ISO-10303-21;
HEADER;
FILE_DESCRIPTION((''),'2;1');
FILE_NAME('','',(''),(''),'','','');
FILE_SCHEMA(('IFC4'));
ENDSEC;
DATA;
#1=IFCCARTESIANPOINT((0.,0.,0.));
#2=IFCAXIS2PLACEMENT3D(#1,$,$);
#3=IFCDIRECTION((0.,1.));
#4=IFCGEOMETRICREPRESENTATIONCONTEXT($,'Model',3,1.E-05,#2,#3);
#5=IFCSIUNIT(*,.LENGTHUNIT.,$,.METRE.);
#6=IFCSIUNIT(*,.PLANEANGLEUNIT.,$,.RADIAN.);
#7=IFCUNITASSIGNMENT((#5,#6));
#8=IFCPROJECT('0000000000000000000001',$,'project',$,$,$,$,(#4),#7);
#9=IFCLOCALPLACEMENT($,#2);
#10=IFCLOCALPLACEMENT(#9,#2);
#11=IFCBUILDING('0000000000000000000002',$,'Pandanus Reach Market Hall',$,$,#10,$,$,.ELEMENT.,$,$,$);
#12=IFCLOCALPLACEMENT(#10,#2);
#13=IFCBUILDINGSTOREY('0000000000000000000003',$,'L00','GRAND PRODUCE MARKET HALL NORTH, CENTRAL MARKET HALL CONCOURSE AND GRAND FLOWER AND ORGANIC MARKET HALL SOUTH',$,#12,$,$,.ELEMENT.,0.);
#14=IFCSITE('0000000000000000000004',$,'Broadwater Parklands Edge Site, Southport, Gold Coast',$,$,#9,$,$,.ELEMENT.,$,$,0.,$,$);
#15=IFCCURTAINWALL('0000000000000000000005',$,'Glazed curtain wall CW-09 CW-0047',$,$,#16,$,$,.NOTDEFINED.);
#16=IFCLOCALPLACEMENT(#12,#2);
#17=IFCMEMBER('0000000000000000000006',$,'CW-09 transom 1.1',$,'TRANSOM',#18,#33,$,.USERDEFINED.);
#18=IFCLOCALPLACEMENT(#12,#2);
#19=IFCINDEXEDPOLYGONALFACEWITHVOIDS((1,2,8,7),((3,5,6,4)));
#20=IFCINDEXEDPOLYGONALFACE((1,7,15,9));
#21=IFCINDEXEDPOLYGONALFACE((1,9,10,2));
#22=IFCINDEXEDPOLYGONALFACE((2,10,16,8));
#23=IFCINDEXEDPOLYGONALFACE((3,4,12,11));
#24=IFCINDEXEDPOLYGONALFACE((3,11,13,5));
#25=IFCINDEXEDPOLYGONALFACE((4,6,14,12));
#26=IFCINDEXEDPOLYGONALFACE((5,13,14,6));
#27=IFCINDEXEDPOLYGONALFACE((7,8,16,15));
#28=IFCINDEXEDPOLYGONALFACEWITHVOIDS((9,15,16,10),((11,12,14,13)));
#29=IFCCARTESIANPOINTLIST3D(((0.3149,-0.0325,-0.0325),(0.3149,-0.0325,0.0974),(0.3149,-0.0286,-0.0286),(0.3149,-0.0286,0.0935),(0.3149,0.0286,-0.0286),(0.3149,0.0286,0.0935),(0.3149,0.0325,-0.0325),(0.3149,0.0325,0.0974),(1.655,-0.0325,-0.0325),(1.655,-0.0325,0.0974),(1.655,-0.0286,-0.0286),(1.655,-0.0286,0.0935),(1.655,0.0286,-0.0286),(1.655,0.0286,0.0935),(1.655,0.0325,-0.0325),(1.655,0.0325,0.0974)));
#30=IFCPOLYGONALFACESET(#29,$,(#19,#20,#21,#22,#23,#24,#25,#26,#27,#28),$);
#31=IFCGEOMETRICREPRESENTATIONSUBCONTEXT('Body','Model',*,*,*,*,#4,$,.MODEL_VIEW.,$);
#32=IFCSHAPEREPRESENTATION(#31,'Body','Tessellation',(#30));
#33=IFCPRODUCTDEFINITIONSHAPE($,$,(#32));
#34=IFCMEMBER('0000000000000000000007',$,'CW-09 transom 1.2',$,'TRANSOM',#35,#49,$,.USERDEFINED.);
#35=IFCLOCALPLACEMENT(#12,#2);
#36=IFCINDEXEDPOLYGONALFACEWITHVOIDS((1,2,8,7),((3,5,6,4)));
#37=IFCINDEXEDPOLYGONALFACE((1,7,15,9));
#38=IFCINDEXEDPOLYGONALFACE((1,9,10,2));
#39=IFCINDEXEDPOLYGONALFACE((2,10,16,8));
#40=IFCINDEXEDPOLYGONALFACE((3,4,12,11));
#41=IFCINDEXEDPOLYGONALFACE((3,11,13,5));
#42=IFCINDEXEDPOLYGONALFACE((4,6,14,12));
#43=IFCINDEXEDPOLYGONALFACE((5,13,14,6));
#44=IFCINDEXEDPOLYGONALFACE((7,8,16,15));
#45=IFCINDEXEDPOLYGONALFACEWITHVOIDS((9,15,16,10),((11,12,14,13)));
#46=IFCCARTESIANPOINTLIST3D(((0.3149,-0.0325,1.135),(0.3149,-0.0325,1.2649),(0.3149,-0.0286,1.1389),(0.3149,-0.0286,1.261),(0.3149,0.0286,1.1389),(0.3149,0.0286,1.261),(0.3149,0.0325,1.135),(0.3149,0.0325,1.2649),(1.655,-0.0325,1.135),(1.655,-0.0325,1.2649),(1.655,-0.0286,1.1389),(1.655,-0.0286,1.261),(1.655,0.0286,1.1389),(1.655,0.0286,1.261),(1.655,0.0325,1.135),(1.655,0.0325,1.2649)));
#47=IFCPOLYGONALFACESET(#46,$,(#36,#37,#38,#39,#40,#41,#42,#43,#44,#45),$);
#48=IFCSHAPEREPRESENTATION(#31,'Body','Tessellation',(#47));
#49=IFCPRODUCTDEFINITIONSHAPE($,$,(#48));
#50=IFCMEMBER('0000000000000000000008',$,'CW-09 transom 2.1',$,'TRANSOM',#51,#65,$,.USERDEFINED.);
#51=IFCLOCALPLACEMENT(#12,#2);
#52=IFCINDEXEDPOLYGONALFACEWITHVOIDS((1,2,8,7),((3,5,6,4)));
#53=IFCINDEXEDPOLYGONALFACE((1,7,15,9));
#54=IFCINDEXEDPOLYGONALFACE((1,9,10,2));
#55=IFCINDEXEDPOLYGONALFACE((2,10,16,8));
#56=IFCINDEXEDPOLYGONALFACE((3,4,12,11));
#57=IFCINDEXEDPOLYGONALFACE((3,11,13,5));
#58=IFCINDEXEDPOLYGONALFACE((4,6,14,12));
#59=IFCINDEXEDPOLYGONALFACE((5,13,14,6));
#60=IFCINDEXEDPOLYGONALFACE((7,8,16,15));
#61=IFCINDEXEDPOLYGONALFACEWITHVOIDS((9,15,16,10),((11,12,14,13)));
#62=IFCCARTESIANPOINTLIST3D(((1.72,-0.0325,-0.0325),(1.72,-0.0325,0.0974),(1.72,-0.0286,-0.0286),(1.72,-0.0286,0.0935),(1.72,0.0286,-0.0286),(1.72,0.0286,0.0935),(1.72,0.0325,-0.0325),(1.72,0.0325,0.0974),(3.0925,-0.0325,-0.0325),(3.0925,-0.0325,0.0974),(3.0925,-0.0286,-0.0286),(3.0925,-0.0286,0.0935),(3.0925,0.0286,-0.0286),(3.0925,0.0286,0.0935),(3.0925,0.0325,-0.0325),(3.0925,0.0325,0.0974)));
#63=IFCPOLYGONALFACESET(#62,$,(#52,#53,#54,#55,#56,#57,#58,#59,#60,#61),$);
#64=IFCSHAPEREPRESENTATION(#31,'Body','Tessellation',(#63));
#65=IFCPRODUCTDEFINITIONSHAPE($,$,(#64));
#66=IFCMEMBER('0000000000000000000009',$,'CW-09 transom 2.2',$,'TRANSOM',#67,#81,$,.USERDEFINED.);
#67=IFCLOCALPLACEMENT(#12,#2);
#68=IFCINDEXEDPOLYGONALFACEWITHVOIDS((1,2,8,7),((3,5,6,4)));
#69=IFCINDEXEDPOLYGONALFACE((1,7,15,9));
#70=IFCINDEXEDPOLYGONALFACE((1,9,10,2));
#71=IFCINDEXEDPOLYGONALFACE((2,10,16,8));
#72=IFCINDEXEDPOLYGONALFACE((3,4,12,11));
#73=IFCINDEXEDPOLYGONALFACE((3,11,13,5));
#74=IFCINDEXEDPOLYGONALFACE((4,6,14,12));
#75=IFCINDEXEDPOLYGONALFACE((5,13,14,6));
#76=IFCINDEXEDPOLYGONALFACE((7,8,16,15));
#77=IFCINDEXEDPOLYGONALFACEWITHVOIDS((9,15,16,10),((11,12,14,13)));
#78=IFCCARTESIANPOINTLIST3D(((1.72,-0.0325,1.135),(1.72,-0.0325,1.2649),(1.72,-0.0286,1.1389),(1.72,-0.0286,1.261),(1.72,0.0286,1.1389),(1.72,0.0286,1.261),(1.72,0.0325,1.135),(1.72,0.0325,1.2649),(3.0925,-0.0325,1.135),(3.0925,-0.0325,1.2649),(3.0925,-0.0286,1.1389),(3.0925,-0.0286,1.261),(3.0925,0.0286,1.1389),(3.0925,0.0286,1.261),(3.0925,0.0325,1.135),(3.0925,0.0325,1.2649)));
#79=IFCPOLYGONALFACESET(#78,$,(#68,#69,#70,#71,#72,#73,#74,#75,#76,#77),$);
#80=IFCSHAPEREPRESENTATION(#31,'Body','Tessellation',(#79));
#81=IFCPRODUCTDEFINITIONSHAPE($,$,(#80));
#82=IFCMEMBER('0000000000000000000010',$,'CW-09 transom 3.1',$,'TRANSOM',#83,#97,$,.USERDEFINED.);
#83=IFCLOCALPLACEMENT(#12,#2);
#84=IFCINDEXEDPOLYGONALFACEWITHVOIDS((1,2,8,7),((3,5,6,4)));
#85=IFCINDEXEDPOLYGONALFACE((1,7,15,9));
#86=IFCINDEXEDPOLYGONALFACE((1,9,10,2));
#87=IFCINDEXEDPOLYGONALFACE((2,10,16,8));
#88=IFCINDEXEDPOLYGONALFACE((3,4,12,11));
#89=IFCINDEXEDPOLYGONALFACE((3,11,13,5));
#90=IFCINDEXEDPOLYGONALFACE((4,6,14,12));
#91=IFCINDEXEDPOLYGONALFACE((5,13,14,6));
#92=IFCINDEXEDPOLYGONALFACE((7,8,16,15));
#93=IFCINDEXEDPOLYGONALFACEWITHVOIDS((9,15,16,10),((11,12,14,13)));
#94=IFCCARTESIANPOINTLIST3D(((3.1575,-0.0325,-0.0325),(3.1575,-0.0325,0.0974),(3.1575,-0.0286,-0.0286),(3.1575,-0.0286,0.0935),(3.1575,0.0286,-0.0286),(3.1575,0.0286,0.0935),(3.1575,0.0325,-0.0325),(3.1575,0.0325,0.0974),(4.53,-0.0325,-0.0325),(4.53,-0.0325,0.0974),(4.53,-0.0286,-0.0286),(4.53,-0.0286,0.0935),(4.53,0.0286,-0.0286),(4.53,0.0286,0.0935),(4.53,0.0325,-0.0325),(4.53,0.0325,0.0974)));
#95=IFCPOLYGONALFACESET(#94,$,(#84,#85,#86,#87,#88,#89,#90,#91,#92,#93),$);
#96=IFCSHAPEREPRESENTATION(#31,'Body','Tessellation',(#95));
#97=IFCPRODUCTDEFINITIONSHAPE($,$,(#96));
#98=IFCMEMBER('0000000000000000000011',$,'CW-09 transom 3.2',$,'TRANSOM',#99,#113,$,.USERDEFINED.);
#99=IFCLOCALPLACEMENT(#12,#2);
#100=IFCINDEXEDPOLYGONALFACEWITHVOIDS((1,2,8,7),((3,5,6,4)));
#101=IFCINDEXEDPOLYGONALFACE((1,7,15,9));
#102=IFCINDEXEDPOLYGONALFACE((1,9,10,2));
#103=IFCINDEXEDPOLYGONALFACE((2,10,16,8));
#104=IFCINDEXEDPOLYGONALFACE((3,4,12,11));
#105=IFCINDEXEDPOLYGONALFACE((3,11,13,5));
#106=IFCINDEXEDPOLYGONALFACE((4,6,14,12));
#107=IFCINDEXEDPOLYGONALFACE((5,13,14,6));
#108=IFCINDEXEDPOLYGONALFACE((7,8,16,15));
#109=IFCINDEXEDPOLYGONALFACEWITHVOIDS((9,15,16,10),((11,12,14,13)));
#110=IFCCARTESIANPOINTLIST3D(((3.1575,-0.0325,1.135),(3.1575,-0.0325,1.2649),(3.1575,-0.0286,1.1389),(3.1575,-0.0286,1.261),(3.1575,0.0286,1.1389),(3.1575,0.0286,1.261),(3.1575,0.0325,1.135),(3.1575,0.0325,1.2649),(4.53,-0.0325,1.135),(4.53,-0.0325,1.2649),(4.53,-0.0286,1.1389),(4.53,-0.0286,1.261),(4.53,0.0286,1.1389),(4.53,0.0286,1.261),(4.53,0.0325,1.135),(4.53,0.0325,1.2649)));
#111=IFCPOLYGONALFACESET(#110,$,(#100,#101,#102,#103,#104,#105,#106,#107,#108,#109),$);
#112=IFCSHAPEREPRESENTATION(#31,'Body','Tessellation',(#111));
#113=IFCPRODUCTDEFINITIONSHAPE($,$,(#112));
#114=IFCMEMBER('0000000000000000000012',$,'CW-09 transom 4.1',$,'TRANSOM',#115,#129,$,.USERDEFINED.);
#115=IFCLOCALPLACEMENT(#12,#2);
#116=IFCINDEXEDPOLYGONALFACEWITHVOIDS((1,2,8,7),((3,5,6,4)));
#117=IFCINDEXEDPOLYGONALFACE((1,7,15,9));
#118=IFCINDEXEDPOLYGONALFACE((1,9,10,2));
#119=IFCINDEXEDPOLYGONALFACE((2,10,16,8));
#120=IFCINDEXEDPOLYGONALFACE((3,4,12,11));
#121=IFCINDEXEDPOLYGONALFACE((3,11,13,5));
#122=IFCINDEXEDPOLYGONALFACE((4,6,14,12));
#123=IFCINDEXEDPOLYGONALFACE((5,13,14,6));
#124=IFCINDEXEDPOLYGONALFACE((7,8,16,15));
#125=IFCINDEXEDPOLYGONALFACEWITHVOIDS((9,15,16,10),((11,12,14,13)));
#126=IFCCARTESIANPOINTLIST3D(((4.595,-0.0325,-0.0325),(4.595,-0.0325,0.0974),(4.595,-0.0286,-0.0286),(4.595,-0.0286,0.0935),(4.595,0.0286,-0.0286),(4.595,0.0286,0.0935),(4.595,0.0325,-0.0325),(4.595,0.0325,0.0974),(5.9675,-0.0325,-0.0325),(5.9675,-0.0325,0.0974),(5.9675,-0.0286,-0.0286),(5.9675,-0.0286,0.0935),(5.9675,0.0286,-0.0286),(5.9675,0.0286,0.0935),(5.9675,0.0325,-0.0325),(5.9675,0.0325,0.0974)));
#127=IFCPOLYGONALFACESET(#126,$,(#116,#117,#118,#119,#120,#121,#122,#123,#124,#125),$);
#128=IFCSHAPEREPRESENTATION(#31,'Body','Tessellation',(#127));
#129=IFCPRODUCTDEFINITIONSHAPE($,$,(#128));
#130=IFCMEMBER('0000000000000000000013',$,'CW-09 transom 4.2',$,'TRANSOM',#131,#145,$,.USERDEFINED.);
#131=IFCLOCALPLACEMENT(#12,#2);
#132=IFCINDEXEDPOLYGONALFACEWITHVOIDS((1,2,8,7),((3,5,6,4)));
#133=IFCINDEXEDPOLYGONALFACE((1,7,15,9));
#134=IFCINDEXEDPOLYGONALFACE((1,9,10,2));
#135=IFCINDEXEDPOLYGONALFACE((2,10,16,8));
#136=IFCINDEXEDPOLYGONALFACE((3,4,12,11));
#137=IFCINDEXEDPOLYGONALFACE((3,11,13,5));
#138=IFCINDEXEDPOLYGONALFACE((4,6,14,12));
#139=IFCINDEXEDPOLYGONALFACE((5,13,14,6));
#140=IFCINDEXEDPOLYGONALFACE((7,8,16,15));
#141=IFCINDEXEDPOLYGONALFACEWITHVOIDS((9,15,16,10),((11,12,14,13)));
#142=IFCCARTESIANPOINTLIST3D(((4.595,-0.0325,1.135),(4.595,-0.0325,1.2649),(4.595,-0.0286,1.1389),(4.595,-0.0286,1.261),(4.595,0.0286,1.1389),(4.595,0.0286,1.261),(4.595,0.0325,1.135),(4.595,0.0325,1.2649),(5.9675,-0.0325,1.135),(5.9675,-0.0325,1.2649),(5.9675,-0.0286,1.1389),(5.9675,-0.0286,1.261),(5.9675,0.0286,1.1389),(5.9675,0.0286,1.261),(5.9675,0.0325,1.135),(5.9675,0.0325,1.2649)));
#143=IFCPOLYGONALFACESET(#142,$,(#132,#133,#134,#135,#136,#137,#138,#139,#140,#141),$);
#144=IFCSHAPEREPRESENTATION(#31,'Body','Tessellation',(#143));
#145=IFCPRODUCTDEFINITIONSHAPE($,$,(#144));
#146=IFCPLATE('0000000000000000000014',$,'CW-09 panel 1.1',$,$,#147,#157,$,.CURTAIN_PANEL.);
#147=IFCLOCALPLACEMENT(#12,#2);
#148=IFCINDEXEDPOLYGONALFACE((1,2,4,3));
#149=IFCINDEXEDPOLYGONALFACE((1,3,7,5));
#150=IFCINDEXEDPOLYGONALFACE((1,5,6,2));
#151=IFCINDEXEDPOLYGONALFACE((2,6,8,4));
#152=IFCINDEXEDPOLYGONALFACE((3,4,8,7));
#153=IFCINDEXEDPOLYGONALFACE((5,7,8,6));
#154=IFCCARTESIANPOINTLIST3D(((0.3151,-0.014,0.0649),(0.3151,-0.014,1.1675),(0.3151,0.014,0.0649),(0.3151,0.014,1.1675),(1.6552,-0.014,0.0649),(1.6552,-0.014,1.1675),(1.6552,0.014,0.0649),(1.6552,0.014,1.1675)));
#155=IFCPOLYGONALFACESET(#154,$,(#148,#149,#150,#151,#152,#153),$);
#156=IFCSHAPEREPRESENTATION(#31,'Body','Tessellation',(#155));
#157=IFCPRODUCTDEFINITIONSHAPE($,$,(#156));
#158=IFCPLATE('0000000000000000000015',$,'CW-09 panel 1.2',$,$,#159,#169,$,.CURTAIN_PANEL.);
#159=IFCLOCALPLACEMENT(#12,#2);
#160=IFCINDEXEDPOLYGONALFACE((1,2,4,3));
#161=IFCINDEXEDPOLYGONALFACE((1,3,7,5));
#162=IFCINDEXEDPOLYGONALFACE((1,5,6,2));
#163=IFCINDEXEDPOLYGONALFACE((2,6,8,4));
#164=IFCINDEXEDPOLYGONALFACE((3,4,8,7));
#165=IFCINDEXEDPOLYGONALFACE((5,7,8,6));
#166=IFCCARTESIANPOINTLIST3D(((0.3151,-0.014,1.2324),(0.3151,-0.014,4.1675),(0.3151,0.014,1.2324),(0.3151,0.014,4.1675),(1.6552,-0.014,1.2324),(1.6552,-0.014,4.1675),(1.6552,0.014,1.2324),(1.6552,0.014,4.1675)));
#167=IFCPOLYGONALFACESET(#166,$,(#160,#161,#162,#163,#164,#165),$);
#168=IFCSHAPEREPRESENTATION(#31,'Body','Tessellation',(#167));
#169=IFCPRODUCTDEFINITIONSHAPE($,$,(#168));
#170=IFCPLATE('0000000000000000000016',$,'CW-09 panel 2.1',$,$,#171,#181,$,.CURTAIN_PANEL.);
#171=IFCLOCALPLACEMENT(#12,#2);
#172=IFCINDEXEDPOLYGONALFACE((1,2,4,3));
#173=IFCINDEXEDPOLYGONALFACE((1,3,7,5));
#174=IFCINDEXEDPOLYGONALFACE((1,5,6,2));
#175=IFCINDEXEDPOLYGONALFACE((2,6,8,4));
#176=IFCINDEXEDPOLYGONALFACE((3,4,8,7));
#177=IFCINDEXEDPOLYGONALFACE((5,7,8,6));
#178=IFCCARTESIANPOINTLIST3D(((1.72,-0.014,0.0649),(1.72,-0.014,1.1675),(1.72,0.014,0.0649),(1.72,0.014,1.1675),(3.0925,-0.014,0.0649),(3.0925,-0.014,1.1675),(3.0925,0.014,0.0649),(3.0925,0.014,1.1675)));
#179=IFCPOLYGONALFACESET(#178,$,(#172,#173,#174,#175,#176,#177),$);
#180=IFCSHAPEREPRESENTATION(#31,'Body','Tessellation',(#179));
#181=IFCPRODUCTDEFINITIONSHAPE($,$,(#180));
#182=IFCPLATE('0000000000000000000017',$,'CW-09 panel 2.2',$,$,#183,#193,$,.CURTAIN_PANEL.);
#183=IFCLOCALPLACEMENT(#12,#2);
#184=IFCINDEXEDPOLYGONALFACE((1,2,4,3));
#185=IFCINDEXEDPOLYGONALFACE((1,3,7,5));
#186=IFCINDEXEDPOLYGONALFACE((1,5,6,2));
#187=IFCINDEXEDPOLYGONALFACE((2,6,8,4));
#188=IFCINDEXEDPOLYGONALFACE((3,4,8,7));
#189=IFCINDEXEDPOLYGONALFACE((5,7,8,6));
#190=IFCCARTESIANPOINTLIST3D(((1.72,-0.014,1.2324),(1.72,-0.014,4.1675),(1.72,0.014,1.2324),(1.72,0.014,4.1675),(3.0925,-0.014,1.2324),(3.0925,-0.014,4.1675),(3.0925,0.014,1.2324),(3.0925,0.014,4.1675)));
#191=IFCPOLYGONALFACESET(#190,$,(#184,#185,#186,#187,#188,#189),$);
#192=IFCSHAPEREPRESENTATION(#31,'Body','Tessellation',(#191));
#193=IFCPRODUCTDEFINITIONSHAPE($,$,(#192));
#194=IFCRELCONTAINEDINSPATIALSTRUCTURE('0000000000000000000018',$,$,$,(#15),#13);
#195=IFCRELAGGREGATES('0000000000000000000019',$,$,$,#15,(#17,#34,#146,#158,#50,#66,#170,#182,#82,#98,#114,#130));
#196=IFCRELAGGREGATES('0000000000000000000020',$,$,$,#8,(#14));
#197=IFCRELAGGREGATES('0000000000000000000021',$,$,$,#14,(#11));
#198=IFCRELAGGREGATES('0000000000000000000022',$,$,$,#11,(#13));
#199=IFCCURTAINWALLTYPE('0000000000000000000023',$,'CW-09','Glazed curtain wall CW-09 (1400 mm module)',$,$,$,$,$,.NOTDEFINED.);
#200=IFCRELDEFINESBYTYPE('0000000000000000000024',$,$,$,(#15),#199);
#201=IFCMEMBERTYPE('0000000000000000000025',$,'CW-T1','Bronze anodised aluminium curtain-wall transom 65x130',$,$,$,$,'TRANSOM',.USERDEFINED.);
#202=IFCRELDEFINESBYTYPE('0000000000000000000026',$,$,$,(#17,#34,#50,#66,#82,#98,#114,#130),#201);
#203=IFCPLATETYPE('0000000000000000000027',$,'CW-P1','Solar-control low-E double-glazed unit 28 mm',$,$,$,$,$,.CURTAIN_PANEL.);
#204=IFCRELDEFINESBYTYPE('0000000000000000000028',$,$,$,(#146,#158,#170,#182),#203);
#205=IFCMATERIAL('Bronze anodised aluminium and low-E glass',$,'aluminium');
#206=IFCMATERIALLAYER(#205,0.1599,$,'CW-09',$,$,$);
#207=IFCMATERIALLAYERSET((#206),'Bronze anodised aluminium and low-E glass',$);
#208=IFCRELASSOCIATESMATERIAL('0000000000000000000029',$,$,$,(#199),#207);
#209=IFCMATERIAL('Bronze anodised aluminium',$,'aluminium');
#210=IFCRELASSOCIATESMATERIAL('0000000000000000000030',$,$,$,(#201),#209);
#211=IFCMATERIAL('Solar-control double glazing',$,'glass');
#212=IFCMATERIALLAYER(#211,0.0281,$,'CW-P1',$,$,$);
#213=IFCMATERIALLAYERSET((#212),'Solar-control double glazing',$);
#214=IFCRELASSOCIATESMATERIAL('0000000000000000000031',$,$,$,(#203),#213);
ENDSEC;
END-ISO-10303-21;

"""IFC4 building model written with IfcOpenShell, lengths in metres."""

from ifc_helpers import new_model, si_unit, direction, frame, origin, origin_2d, place, context, subcontext, project, spatial, rectangle, hollow_rectangle, extrude, material, layer, layer_set, material_profile, profile_set, type_object, element, aggregate, save


model = new_model("IFC4")

# Units and contexts
model_context = context("Model", 3, precision=1e-05, world=origin(), true_north=direction((0.0, 1.0)))
body_context = subcontext(model_context, "Body", "Model", "MODEL_VIEW")
ifc_project = project(units=[si_unit("LENGTHUNIT", "METRE"), si_unit("PLANEANGLEUNIT", "RADIAN")], contexts=[model_context])

# Site, building, storey
site_placement = place(None, origin())
site = spatial("IfcSite", under=ifc_project, at=site_placement, Name="Broadwater Parklands Edge Site, Southport, Gold Coast", CompositionType="ELEMENT", RefElevation=0.0)
building_placement = place(site_placement, origin())
building = spatial("IfcBuilding", under=site, at=building_placement, Name="Pandanus Reach Market Hall", CompositionType="ELEMENT")
storey_placement = place(building_placement, origin())
storey = spatial("IfcBuildingStorey", under=building, at=storey_placement, Name="L00", Description="GRAND PRODUCE MARKET HALL NORTH, CENTRAL MARKET HALL CONCOURSE AND GRAND FLOWER AND ORGANIC MARKET HALL SOUTH", CompositionType="ELEMENT", Elevation=0.0)

# Curtain wall, members, plates
ifc_material_1 = material(Name="Bronze anodised aluminium and low-E glass", Category="aluminium")
ifc_layer_1 = layer(ifc_material_1, 0.1599, Name="CW-09")
ifc_layer_set_1 = layer_set([ifc_layer_1], Name="Bronze anodised aluminium and low-E glass")
curtain_wall_type = type_object("IfcCurtainWallType", Name="CW-09", Description="Glazed curtain wall CW-09 (1400 mm module)", PredefinedType="NOTDEFINED", material=ifc_layer_set_1)
curtain_wall_placement = place(storey_placement, origin())
curtain_wall = element("IfcCurtainWall", 1, at=curtain_wall_placement, inside=storey, type_object=curtain_wall_type, Name="Glazed curtain wall CW-09 CW-0047", PredefinedType="NOTDEFINED")
ifc_material_2 = material(Name="Bronze anodised aluminium", Category="aluminium")
ifc_material_profile_1 = material_profile(ifc_material_2, hollow_rectangle(XDim=0.0649, YDim=0.1299, WallThickness=0.0039, at=origin_2d()), Name="ALU65x130", Category="LoadBearing")
ifc_profile_set_1 = profile_set([ifc_material_profile_1], Name="Bronze anodised aluminium")
member_type_1 = type_object("IfcMemberType", Name="CW-T1", Description="Bronze anodised aluminium curtain-wall transom 65x130", ElementType="TRANSOM", PredefinedType="USERDEFINED", material=ifc_profile_set_1)
member_1_placement = place(storey_placement, frame((0.3149, 0.0, 0.0325), z_axis=(1.0, 0.0, 0.0), x_axis=(0.0, 1.0, 0.0)))
member_1 = element("IfcMember", 2, at=member_1_placement, type_object=member_type_1, Name="CW-09 transom 1.1", ObjectType="TRANSOM", PredefinedType="USERDEFINED", context=body_context, shape_type="SweptSolid", body=[
    extrude(hollow_rectangle(XDim=0.0649, YDim=0.1299, WallThickness=0.0039, at=origin_2d()), origin(), (0.0, 0.0, 1.0), 1.3401),
])
member_2_placement = place(storey_placement, frame((0.3149, 0.0, 1.2), z_axis=(1.0, 0.0, 0.0), x_axis=(0.0, 1.0, 0.0)))
member_2 = element("IfcMember", 3, at=member_2_placement, type_object=member_type_1, Name="CW-09 transom 1.2", ObjectType="TRANSOM", PredefinedType="USERDEFINED", context=body_context, shape_type="SweptSolid", body=[
    extrude(hollow_rectangle(XDim=0.0649, YDim=0.1299, WallThickness=0.0039, at=origin_2d()), origin(), (0.0, 0.0, 1.0), 1.3401),
])
member_3_placement = place(storey_placement, frame((1.72, 0.0, 0.0325), z_axis=(1.0, 0.0, 0.0), x_axis=(0.0, 1.0, 0.0)))
member_3 = element("IfcMember", 4, at=member_3_placement, type_object=member_type_1, Name="CW-09 transom 2.1", ObjectType="TRANSOM", PredefinedType="USERDEFINED", context=body_context, shape_type="SweptSolid", body=[
    extrude(hollow_rectangle(XDim=0.0649, YDim=0.1299, WallThickness=0.0039, at=origin_2d()), origin(), (0.0, 0.0, 1.0), 1.3726),
])
member_4_placement = place(storey_placement, frame((1.72, 0.0, 1.2), z_axis=(1.0, 0.0, 0.0), x_axis=(0.0, 1.0, 0.0)))
member_4 = element("IfcMember", 5, at=member_4_placement, type_object=member_type_1, Name="CW-09 transom 2.2", ObjectType="TRANSOM", PredefinedType="USERDEFINED", context=body_context, shape_type="SweptSolid", body=[
    extrude(hollow_rectangle(XDim=0.0649, YDim=0.1299, WallThickness=0.0039, at=origin_2d()), origin(), (0.0, 0.0, 1.0), 1.3726),
])
member_5_placement = place(storey_placement, frame((3.1575, 0.0, 0.0325), z_axis=(1.0, 0.0, 0.0), x_axis=(0.0, 1.0, 0.0)))
member_5 = element("IfcMember", 6, at=member_5_placement, type_object=member_type_1, Name="CW-09 transom 3.1", ObjectType="TRANSOM", PredefinedType="USERDEFINED", context=body_context, shape_type="SweptSolid", body=[
    extrude(hollow_rectangle(XDim=0.0649, YDim=0.1299, WallThickness=0.0039, at=origin_2d()), origin(), (0.0, 0.0, 1.0), 1.3726),
])
member_6_placement = place(storey_placement, frame((3.1575, 0.0, 1.2), z_axis=(1.0, 0.0, 0.0), x_axis=(0.0, 1.0, 0.0)))
member_6 = element("IfcMember", 7, at=member_6_placement, type_object=member_type_1, Name="CW-09 transom 3.2", ObjectType="TRANSOM", PredefinedType="USERDEFINED", context=body_context, shape_type="SweptSolid", body=[
    extrude(hollow_rectangle(XDim=0.0649, YDim=0.1299, WallThickness=0.0039, at=origin_2d()), origin(), (0.0, 0.0, 1.0), 1.3726),
])
member_7_placement = place(storey_placement, frame((4.595, 0.0, 0.0325), z_axis=(1.0, 0.0, 0.0), x_axis=(0.0, 1.0, 0.0)))
member_7 = element("IfcMember", 8, at=member_7_placement, type_object=member_type_1, Name="CW-09 transom 4.1", ObjectType="TRANSOM", PredefinedType="USERDEFINED", context=body_context, shape_type="SweptSolid", body=[
    extrude(hollow_rectangle(XDim=0.0649, YDim=0.1299, WallThickness=0.0039, at=origin_2d()), origin(), (0.0, 0.0, 1.0), 1.3726),
])
member_8_placement = place(storey_placement, frame((4.595, 0.0, 1.2), z_axis=(1.0, 0.0, 0.0), x_axis=(0.0, 1.0, 0.0)))
member_8 = element("IfcMember", 9, at=member_8_placement, type_object=member_type_1, Name="CW-09 transom 4.2", ObjectType="TRANSOM", PredefinedType="USERDEFINED", context=body_context, shape_type="SweptSolid", body=[
    extrude(hollow_rectangle(XDim=0.0649, YDim=0.1299, WallThickness=0.0039, at=origin_2d()), origin(), (0.0, 0.0, 1.0), 1.3726),
])
ifc_material_3 = material(Name="Solar-control double glazing", Category="glass")
ifc_layer_2 = layer(ifc_material_3, 0.0281, Name="CW-P1")
ifc_layer_set_2 = layer_set([ifc_layer_2], Name="Solar-control double glazing")
plate_type = type_object("IfcPlateType", Name="CW-P1", Description="Solar-control low-E double-glazed unit 28 mm", PredefinedType="CURTAIN_PANEL", material=ifc_layer_set_2)
plate_1_placement = place(storey_placement, frame((0.9851, 0.0, 0.0649), z_axis=(0.0, 0.0, 1.0), x_axis=(1.0, 0.0, 0.0)))
plate_1 = element("IfcPlate", 10, at=plate_1_placement, type_object=plate_type, Name="CW-09 panel 1.1", PredefinedType="CURTAIN_PANEL", context=body_context, shape_type="SweptSolid", body=[
    extrude(rectangle(XDim=1.3401, YDim=0.0281, at=origin_2d()), origin(), (0.0, 0.0, 1.0), 1.1025),
])
plate_2_placement = place(storey_placement, frame((0.9851, 0.0, 1.2324), z_axis=(0.0, 0.0, 1.0), x_axis=(1.0, 0.0, 0.0)))
plate_2 = element("IfcPlate", 11, at=plate_2_placement, type_object=plate_type, Name="CW-09 panel 1.2", PredefinedType="CURTAIN_PANEL", context=body_context, shape_type="SweptSolid", body=[
    extrude(rectangle(XDim=1.3401, YDim=0.0281, at=origin_2d()), origin(), (0.0, 0.0, 1.0), 2.9351),
])
plate_3_placement = place(storey_placement, frame((2.4062, 0.0, 0.0649), z_axis=(0.0, 0.0, 1.0), x_axis=(1.0, 0.0, 0.0)))
plate_3 = element("IfcPlate", 12, at=plate_3_placement, type_object=plate_type, Name="CW-09 panel 2.1", PredefinedType="CURTAIN_PANEL", context=body_context, shape_type="SweptSolid", body=[
    extrude(rectangle(XDim=1.3726, YDim=0.0281, at=origin_2d()), origin(), (0.0, 0.0, 1.0), 1.1025),
])
plate_4_placement = place(storey_placement, frame((2.4062, 0.0, 1.2324), z_axis=(0.0, 0.0, 1.0), x_axis=(1.0, 0.0, 0.0)))
plate_4 = element("IfcPlate", 13, at=plate_4_placement, type_object=plate_type, Name="CW-09 panel 2.2", PredefinedType="CURTAIN_PANEL", context=body_context, shape_type="SweptSolid", body=[
    extrude(rectangle(XDim=1.3726, YDim=0.0281, at=origin_2d()), origin(), (0.0, 0.0, 1.0), 2.9351),
])
aggregate(curtain_wall, [member_1, member_2, plate_1, plate_2, member_3, member_4, plate_3, plate_4, member_5, member_6, member_7, member_8])

save(model, "model.ifc")
